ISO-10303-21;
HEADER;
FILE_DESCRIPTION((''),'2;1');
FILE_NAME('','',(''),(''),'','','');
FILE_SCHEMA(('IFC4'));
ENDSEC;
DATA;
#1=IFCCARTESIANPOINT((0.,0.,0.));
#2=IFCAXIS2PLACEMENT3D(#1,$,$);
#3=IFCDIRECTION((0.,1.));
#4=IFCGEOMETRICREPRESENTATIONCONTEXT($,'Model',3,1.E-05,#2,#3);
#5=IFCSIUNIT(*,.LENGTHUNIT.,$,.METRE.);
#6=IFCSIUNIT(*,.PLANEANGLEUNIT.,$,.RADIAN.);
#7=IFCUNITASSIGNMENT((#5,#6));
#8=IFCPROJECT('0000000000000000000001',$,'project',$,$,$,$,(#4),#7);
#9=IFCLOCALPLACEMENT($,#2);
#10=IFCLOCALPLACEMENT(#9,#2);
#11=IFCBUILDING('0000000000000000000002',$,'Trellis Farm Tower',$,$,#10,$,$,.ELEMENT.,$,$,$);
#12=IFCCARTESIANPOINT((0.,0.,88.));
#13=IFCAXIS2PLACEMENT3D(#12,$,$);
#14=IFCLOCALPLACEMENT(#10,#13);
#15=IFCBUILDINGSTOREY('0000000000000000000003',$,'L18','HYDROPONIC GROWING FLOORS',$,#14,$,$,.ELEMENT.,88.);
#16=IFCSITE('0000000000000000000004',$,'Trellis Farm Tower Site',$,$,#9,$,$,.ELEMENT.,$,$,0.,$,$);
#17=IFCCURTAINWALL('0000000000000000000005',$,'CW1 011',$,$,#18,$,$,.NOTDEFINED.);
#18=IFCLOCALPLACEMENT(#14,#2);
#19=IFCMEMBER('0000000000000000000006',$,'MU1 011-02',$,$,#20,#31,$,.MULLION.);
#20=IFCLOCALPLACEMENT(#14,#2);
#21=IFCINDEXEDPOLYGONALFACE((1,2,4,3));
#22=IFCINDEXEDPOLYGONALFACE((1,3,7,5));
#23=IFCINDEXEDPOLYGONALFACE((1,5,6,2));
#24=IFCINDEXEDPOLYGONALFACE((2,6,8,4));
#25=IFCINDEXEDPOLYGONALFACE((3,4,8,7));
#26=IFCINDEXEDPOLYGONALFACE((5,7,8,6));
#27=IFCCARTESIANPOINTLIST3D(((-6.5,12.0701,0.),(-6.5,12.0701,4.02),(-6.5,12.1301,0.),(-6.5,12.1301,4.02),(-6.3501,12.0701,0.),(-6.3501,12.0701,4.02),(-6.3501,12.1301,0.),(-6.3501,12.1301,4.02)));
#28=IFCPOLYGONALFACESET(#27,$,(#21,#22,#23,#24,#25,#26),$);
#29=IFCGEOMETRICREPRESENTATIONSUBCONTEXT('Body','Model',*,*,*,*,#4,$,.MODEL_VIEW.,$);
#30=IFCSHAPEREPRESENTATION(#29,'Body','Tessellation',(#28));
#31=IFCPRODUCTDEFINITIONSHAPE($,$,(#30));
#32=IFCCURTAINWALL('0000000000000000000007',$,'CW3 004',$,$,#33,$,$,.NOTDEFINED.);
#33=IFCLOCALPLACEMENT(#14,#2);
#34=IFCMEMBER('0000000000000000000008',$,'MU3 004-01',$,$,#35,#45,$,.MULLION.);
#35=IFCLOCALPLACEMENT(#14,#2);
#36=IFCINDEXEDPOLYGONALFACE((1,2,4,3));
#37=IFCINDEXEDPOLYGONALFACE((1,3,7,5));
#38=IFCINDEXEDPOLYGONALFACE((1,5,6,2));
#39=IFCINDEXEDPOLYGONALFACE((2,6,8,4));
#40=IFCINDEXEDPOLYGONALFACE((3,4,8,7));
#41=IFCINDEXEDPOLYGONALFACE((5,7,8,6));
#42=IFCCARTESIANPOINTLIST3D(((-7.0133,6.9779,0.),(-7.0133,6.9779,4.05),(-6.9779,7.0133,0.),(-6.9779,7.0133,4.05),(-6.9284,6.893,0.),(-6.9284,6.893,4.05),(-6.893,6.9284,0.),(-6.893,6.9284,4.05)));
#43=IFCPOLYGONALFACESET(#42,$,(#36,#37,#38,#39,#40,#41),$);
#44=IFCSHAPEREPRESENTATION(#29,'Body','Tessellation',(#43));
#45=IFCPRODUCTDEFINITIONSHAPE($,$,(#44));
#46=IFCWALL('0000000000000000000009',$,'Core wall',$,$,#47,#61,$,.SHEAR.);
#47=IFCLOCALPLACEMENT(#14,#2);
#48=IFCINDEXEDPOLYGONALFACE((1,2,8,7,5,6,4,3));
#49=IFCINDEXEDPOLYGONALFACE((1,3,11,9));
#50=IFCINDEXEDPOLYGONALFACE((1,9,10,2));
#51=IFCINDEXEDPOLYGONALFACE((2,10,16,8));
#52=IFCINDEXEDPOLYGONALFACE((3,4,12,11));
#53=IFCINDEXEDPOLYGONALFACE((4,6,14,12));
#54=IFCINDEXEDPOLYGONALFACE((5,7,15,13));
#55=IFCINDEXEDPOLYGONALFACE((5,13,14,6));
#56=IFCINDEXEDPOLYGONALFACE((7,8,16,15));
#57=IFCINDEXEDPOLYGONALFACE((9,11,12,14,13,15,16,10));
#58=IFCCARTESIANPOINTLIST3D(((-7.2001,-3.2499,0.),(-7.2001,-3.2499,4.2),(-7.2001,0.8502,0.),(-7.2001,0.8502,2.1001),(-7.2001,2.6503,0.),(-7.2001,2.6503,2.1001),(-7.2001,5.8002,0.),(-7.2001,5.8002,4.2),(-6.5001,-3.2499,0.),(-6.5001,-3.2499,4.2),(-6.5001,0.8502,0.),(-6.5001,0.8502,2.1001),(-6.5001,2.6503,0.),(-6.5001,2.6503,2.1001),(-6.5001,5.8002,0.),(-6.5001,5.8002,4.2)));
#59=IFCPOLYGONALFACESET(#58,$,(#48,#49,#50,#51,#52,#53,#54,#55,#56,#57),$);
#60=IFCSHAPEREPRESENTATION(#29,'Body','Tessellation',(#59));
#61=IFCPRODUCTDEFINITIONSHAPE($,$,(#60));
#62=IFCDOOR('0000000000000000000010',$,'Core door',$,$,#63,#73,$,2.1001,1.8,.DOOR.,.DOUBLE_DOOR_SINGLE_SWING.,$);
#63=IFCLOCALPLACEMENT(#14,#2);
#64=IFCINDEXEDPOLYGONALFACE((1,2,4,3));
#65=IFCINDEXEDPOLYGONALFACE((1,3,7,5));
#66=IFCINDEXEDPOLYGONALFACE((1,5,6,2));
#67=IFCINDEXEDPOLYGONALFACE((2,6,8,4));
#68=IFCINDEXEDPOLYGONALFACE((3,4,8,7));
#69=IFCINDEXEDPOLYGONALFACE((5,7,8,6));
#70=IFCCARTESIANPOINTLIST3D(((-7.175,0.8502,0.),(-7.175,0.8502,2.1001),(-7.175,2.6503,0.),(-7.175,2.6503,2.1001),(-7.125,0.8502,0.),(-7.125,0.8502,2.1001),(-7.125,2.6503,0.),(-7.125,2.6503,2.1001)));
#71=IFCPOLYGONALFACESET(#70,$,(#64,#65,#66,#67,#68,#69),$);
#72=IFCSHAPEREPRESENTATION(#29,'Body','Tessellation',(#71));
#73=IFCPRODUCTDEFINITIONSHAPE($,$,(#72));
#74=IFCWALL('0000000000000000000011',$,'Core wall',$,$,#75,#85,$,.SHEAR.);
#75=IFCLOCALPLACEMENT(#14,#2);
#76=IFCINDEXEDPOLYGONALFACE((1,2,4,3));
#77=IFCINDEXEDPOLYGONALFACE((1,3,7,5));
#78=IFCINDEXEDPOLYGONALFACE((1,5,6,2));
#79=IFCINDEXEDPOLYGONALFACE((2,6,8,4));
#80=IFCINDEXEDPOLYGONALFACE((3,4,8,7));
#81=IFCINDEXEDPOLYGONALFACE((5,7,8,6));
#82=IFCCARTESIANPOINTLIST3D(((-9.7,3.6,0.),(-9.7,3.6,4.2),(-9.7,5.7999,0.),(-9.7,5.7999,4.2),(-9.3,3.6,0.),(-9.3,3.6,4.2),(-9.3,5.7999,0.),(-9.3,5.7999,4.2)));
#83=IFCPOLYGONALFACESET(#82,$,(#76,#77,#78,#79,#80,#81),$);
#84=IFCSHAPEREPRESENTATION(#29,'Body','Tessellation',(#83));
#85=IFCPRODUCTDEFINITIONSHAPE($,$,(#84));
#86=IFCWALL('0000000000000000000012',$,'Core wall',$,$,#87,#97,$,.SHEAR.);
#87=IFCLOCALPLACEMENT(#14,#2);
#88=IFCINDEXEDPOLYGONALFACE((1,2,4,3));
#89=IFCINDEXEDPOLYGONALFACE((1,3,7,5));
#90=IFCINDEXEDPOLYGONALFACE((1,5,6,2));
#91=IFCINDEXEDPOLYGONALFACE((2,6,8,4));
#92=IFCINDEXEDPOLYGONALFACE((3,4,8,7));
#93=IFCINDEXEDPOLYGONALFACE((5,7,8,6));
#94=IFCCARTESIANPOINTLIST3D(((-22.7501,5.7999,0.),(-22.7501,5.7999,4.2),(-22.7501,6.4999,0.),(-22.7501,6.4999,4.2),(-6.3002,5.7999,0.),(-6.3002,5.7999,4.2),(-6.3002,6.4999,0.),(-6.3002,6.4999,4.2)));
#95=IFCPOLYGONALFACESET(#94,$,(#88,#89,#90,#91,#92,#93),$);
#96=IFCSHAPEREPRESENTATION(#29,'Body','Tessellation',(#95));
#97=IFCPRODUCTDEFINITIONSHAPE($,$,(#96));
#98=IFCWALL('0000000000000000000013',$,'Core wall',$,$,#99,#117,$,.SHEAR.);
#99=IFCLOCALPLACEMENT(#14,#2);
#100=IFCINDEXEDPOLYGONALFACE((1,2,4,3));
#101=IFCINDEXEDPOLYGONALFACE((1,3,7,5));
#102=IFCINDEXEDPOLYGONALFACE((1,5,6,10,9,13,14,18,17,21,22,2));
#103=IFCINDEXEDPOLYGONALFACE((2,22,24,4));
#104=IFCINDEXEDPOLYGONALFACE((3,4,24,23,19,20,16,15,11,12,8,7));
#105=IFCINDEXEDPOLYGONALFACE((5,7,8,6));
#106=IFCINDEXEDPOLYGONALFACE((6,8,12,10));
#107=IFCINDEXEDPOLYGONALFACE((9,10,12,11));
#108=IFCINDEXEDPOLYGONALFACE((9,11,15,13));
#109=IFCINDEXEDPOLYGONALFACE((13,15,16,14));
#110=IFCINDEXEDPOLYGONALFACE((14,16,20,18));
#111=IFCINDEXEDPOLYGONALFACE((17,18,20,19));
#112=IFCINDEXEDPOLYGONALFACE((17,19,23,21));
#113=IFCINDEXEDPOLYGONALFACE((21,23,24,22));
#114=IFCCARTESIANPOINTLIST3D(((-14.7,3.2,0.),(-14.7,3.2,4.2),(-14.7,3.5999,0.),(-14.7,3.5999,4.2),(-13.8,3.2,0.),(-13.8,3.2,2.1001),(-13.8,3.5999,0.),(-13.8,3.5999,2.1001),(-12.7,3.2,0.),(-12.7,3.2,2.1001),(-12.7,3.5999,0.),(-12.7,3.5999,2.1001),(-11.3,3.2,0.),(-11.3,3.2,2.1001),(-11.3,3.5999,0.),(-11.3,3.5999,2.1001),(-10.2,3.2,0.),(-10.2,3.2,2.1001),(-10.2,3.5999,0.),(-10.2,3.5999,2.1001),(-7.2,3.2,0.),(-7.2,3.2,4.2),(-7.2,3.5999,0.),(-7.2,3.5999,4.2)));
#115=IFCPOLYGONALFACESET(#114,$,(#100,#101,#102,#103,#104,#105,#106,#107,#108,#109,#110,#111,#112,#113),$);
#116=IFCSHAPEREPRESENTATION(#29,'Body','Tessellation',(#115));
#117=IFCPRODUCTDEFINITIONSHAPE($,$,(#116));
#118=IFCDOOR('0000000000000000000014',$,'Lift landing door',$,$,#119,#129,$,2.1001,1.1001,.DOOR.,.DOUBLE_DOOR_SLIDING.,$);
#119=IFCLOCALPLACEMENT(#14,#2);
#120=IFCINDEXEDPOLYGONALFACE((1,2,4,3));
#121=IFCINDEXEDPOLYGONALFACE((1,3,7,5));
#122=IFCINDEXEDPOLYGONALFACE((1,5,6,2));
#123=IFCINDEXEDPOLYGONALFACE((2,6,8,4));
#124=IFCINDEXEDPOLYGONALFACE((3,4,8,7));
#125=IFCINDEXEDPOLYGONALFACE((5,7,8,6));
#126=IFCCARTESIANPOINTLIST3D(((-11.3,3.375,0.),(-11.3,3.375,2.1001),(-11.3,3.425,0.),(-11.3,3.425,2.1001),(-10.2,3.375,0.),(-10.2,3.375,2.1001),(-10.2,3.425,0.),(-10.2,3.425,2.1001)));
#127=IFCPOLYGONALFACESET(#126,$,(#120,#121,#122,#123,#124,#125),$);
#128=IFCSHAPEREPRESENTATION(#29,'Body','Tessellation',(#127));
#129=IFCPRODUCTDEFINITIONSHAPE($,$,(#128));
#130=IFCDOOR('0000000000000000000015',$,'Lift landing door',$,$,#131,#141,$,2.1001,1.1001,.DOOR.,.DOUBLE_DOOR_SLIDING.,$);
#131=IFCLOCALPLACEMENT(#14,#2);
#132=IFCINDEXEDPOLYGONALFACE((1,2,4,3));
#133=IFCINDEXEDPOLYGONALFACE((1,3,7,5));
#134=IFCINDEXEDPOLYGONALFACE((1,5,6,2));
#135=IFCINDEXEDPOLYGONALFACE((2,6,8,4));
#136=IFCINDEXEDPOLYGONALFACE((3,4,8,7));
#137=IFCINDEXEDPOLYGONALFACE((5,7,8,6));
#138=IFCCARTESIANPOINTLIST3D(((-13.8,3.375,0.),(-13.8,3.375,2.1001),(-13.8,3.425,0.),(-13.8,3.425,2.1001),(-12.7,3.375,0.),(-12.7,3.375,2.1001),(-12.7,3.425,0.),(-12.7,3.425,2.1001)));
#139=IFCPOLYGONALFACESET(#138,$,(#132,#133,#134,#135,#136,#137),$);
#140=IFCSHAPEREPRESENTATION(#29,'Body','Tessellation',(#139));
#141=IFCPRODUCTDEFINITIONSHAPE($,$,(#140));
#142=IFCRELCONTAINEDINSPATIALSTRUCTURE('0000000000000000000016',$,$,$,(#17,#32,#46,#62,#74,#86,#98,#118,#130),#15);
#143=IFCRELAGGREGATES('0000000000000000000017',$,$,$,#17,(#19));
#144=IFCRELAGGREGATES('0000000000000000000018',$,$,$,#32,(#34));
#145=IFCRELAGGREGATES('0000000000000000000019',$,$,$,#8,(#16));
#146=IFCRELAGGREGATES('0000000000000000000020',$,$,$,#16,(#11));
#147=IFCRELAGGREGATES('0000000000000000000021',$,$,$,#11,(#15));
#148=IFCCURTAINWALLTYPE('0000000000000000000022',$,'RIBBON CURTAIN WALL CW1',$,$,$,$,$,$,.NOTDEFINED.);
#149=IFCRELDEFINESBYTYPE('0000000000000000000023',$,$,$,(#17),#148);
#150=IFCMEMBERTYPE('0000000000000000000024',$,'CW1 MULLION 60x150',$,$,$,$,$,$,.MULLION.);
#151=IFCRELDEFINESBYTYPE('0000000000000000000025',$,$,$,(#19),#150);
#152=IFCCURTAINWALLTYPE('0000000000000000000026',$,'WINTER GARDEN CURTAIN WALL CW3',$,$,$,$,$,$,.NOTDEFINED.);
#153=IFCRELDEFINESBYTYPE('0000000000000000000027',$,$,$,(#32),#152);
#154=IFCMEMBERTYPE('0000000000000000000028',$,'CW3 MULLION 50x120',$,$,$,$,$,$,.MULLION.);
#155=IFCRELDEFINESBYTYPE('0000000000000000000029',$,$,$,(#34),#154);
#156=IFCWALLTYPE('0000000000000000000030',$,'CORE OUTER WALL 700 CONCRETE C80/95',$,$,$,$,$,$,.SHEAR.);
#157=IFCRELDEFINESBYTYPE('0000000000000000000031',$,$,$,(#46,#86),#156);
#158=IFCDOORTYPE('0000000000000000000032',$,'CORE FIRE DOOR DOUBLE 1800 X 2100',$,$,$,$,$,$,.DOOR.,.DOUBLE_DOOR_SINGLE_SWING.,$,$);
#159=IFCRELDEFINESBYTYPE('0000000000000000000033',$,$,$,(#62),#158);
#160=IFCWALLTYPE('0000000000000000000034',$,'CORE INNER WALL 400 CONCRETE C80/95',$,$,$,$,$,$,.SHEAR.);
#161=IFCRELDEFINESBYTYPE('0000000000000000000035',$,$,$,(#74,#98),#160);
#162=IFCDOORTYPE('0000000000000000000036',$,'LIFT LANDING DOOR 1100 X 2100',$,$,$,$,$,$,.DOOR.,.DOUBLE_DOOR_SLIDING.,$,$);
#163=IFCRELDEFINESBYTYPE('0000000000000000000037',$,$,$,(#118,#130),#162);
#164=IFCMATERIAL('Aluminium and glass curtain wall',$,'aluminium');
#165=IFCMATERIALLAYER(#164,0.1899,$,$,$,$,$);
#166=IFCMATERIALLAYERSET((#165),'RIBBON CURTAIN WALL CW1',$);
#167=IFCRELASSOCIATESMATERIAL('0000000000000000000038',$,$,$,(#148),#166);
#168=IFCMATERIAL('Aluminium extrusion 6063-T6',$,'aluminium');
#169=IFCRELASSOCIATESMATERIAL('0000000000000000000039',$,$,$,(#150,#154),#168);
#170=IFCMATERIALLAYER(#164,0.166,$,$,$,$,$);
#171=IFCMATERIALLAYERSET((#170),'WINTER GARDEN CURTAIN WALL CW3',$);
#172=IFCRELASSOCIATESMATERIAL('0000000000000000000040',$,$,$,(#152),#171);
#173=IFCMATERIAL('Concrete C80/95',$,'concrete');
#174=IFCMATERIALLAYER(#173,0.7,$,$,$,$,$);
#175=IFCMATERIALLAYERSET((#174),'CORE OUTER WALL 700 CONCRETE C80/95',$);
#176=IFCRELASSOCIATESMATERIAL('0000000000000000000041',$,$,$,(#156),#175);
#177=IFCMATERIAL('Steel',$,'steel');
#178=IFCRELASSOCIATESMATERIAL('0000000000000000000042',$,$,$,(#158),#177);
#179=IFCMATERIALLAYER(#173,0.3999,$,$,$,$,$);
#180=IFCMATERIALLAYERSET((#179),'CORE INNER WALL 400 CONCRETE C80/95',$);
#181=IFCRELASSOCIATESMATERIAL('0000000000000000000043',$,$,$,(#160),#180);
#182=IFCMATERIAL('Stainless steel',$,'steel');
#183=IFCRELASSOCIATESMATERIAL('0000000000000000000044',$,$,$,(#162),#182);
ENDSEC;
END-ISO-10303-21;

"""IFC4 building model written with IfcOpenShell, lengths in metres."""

from ifc_helpers import new_model, si_unit, direction, frame, frame_2d, origin, origin_2d, place, context, subcontext, project, spatial, rectangle, extrude, source, transform, mapped, material, layer, layer_set, material_profile, profile_set, type_object, element, fill, aggregate, save


model = new_model("IFC4")

# Units and contexts
model_context = context("Model", 3, precision=1e-05, world=origin(), true_north=direction((0.0, 1.0)))
body_context = subcontext(model_context, "Body", "Model", "MODEL_VIEW")
ifc_project = project(units=[si_unit("LENGTHUNIT", "METRE"), si_unit("PLANEANGLEUNIT", "RADIAN")], contexts=[model_context])

# Site, building, storey
site_placement = place(None, origin())
site = spatial("IfcSite", under=ifc_project, at=site_placement, Name="Trellis Farm Tower Site", CompositionType="ELEMENT", RefElevation=0.0)
building_placement = place(site_placement, origin())
building = spatial("IfcBuilding", under=site, at=building_placement, Name="Trellis Farm Tower", CompositionType="ELEMENT")
storey_placement = place(building_placement, frame((0.0, 0.0, 88.0)))
storey = spatial("IfcBuildingStorey", under=building, at=storey_placement, Name="L18", Description="HYDROPONIC GROWING FLOORS", CompositionType="ELEMENT", Elevation=88.0)

# Shared definitions
ifc_material_1 = material(Name="Concrete C80/95", Category="concrete")

# Shared definitions
ifc_material_2 = material(Name="Aluminium and glass curtain wall", Category="aluminium")
ifc_layer_1 = layer(ifc_material_2, 0.1899)
ifc_layer_set_1 = layer_set([ifc_layer_1], Name="RIBBON CURTAIN WALL CW1")
curtain_wall_type_1 = type_object("IfcCurtainWallType", Name="RIBBON CURTAIN WALL CW1", PredefinedType="NOTDEFINED", material=ifc_layer_set_1)
placement = place(storey_placement, origin())
ifc_material_3 = material(Name="Aluminium extrusion 6063-T6", Category="aluminium")
ifc_material_profile_1 = material_profile(ifc_material_3, rectangle(XDim=0.0601, YDim=0.1499, at=origin_2d()), Name="MULLION 60x150")
ifc_profile_set_1 = profile_set([ifc_material_profile_1], Name="Aluminium extrusion 6063-T6")
member_type_1 = type_object("IfcMemberType", Name="CW1 MULLION 60x150", PredefinedType="MULLION", material=ifc_profile_set_1)
shared_shape_1 = source(origin(), body_context, "Body", "SweptSolid", [
    extrude(rectangle(XDim=0.0601, YDim=0.1499, at=origin_2d()), origin(), (0.0, 0.0, 1.0), 4.02),
])

# Curtain wall, member
curtain_wall_1 = element("IfcCurtainWall", 1, at=placement, inside=storey, type_object=curtain_wall_type_1, Name="CW1 011", PredefinedType="NOTDEFINED")
member_1_placement = place(storey_placement, frame((-6.425, 12.1001, 0.0), z_axis=(0.0, 0.0, 1.0), x_axis=(0.0, -1.0, 0.0)))
member_1 = element("IfcMember", 2, at=member_1_placement, type_object=member_type_1, Name="MU1 011-02", PredefinedType="MULLION", context=body_context, shape_type="MappedRepresentation", body=[
    mapped(shared_shape_1, transform((0.0, 0.0, 0.0))),
])
aggregate(curtain_wall_1, [member_1])

# Curtain wall, member
ifc_layer_2 = layer(ifc_material_2, 0.166)
ifc_layer_set_2 = layer_set([ifc_layer_2], Name="WINTER GARDEN CURTAIN WALL CW3")
curtain_wall_type_2 = type_object("IfcCurtainWallType", Name="WINTER GARDEN CURTAIN WALL CW3", PredefinedType="NOTDEFINED", material=ifc_layer_set_2)
curtain_wall_2 = element("IfcCurtainWall", 3, at=placement, inside=storey, type_object=curtain_wall_type_2, Name="CW3 004", PredefinedType="NOTDEFINED")
ifc_material_profile_2 = material_profile(ifc_material_3, rectangle(XDim=0.05, YDim=0.1201, at=origin_2d()), Name="MULLION 50x120")
ifc_profile_set_2 = profile_set([ifc_material_profile_2], Name="Aluminium extrusion 6063-T6")
member_type_2 = type_object("IfcMemberType", Name="CW3 MULLION 50x120", PredefinedType="MULLION", material=ifc_profile_set_2)
shared_shape_2 = source(origin(), body_context, "Body", "SweptSolid", [
    extrude(rectangle(XDim=0.05, YDim=0.1201, at=origin_2d()), origin(), (0.0, 0.0, 1.0), 4.05),
])
member_2_placement = place(storey_placement, frame((-6.9531, 6.9531, 0.0), z_axis=(0.0, 0.0, 1.0), x_axis=(-0.707107, -0.707107, 0.0)))
member_2 = element("IfcMember", 4, at=member_2_placement, type_object=member_type_2, Name="MU3 004-01", PredefinedType="MULLION", context=body_context, shape_type="MappedRepresentation", body=[
    mapped(shared_shape_2, transform((0.0, 0.0, 0.0))),
])
aggregate(curtain_wall_2, [member_2])

# Wall, opening, door
ifc_layer_3 = layer(ifc_material_1, 0.7)
ifc_layer_set_3 = layer_set([ifc_layer_3], Name="CORE OUTER WALL 700 CONCRETE C80/95")
wall_type_1 = type_object("IfcWallType", Name="CORE OUTER WALL 700 CONCRETE C80/95", PredefinedType="SHEAR", material=ifc_layer_set_3)
shared_shape_3 = source(origin(), body_context, "Body", "SweptSolid", [
    extrude(rectangle(XDim=9.05, YDim=0.7, at=frame_2d((4.5249, 0.0))), origin(), (0.0, 0.0, 1.0), 4.2),
])
wall_1_placement = place(storey_placement, frame((-6.8501, 5.8, 0.0), z_axis=(0.0, 0.0, 1.0), x_axis=(0.0, -1.0, 0.0)))
wall_1 = element("IfcWall", 5, at=wall_1_placement, inside=storey, type_object=wall_type_1, Name="Core wall", PredefinedType="SHEAR", context=body_context, shape_type="MappedRepresentation", body=[
    mapped(shared_shape_3, transform((0.0, 0.0, 0.0))),
])
shared_shape_4 = source(origin(), body_context, "Body", "SweptSolid", [
    extrude(rectangle(XDim=1.8, YDim=2.1001, at=frame_2d((0.8999, 1.05))), frame((0.0, 0.3601, 0.0), z_axis=(0.0, -1.0, 0.0), x_axis=(1.0, 0.0, 0.0)), (0.0, 0.0, 1.0), 0.7202),
])
opening_1_placement = place(wall_1_placement, frame((3.1499, 0.0, 0.0)))
opening_1 = element("IfcOpeningElement", 6, at=opening_1_placement, cuts=wall_1, PredefinedType="OPENING", context=body_context, shape_type="MappedRepresentation", body=[
    mapped(shared_shape_4, transform((0.0, 0.0, 0.0))),
])
ifc_material_4 = material(Name="Steel", Category="steel")
door_type_1 = type_object("IfcDoorType", Name="CORE FIRE DOOR DOUBLE 1800 X 2100", OperationType="DOUBLE_DOOR_SINGLE_SWING", PredefinedType="DOOR", material=ifc_material_4)
shared_shape_5 = source(origin(), body_context, "Body", "SweptSolid", [
    extrude(rectangle(XDim=1.8, YDim=2.1001, at=frame_2d((0.8999, 1.05))), frame((0.0, -0.2749, 0.0), z_axis=(0.0, -1.0, 0.0), x_axis=(1.0, 0.0, 0.0)), (0.0, 0.0, 1.0), 0.05),
])
door_1_placement = place(opening_1_placement, origin())
door_1 = element("IfcDoor", 7, at=door_1_placement, inside=storey, type_object=door_type_1, Name="Core door", OperationType="DOUBLE_DOOR_SINGLE_SWING", OverallHeight=2.1001, OverallWidth=1.8, PredefinedType="DOOR", context=body_context, shape_type="MappedRepresentation", body=[
    mapped(shared_shape_5, transform((0.0, 0.0, 0.0))),
])
fill(opening_1, door_1)

# Walls
ifc_layer_4 = layer(ifc_material_1, 0.3999)
ifc_layer_set_4 = layer_set([ifc_layer_4], Name="CORE INNER WALL 400 CONCRETE C80/95")
wall_type_2 = type_object("IfcWallType", Name="CORE INNER WALL 400 CONCRETE C80/95", PredefinedType="SHEAR", material=ifc_layer_set_4)
shared_shape_6 = source(origin(), body_context, "Body", "SweptSolid", [
    extrude(rectangle(XDim=2.2, YDim=0.3999, at=frame_2d((1.1001, 0.0))), origin(), (0.0, 0.0, 1.0), 4.2),
])
wall_2_placement = place(storey_placement, frame((-9.5, 5.8, 0.0), z_axis=(0.0, 0.0, 1.0), x_axis=(0.0, -1.0, 0.0)))
element("IfcWall", 8, at=wall_2_placement, inside=storey, type_object=wall_type_2, Name="Core wall", PredefinedType="SHEAR", context=body_context, shape_type="MappedRepresentation", body=[
    mapped(shared_shape_6, transform((0.0, 0.0, 0.0))),
])
shared_shape_7 = source(origin(), body_context, "Body", "SweptSolid", [
    extrude(rectangle(XDim=16.45, YDim=0.7, at=frame_2d((8.2251, 0.0))), origin(), (0.0, 0.0, 1.0), 4.2),
])
wall_3_placement = place(storey_placement, frame((-6.3, 6.1499, 0.0), z_axis=(0.0, 0.0, 1.0), x_axis=(-1.0, 0.0, 0.0)))
element("IfcWall", 9, at=wall_3_placement, inside=storey, type_object=wall_type_1, Name="Core wall", PredefinedType="SHEAR", context=body_context, shape_type="MappedRepresentation", body=[
    mapped(shared_shape_7, transform((0.0, 0.0, 0.0))),
])

# Wall, openings, doors
shared_shape_8 = source(origin(), body_context, "Body", "SweptSolid", [
    extrude(rectangle(XDim=7.5, YDim=0.3999, at=frame_2d((3.75, 0.0))), origin(), (0.0, 0.0, 1.0), 4.2),
])
wall_4_placement = place(storey_placement, frame((-7.2, 3.3999, 0.0), z_axis=(0.0, 0.0, 1.0), x_axis=(-1.0, 0.0, 0.0)))
wall_4 = element("IfcWall", 10, at=wall_4_placement, inside=storey, type_object=wall_type_2, Name="Core wall", PredefinedType="SHEAR", context=body_context, shape_type="MappedRepresentation", body=[
    mapped(shared_shape_8, transform((0.0, 0.0, 0.0))),
])
shared_shape_9 = source(origin(), body_context, "Body", "SweptSolid", [
    extrude(rectangle(XDim=1.1001, YDim=2.1001, at=frame_2d((0.55, 1.05))), frame((0.0, 0.21, 0.0), z_axis=(0.0, -1.0, 0.0), x_axis=(1.0, 0.0, 0.0)), (0.0, 0.0, 1.0), 0.4199),
])
opening_2_placement = place(wall_4_placement, frame((3.0, 0.0, 0.0)))
opening_2 = element("IfcOpeningElement", 11, at=opening_2_placement, cuts=wall_4, PredefinedType="OPENING", context=body_context, shape_type="MappedRepresentation", body=[
    mapped(shared_shape_9, transform((0.0, 0.0, 0.0))),
])
opening_3_placement = place(wall_4_placement, frame((5.5, 0.0, 0.0)))
opening_3 = element("IfcOpeningElement", 12, at=opening_3_placement, cuts=wall_4, PredefinedType="OPENING", context=body_context, shape_type="MappedRepresentation", body=[
    mapped(shared_shape_9, transform((0.0, 0.0, 0.0))),
])
ifc_material_5 = material(Name="Stainless steel", Category="steel")
door_type_2 = type_object("IfcDoorType", Name="LIFT LANDING DOOR 1100 X 2100", OperationType="DOUBLE_DOOR_SLIDING", PredefinedType="DOOR", material=ifc_material_5)
shared_shape_10 = source(origin(), body_context, "Body", "SweptSolid", [
    extrude(rectangle(XDim=1.1001, YDim=2.1001, at=frame_2d((0.55, 1.05))), frame((0.0, 0.0249, 0.0), z_axis=(0.0, -1.0, 0.0), x_axis=(1.0, 0.0, 0.0)), (0.0, 0.0, 1.0), 0.05),
])
door_2_placement = place(opening_2_placement, origin())
door_2 = element("IfcDoor", 13, at=door_2_placement, inside=storey, type_object=door_type_2, Name="Lift landing door", OperationType="DOUBLE_DOOR_SLIDING", OverallHeight=2.1001, OverallWidth=1.1001, PredefinedType="DOOR", context=body_context, shape_type="MappedRepresentation", body=[
    mapped(shared_shape_10, transform((0.0, 0.0, 0.0))),
])
fill(opening_2, door_2)
door_3_placement = place(opening_3_placement, origin())
door_3 = element("IfcDoor", 14, at=door_3_placement, inside=storey, type_object=door_type_2, Name="Lift landing door", OperationType="DOUBLE_DOOR_SLIDING", OverallHeight=2.1001, OverallWidth=1.1001, PredefinedType="DOOR", context=body_context, shape_type="MappedRepresentation", body=[
    mapped(shared_shape_10, transform((0.0, 0.0, 0.0))),
])
fill(opening_3, door_3)

save(model, "model.ifc")
